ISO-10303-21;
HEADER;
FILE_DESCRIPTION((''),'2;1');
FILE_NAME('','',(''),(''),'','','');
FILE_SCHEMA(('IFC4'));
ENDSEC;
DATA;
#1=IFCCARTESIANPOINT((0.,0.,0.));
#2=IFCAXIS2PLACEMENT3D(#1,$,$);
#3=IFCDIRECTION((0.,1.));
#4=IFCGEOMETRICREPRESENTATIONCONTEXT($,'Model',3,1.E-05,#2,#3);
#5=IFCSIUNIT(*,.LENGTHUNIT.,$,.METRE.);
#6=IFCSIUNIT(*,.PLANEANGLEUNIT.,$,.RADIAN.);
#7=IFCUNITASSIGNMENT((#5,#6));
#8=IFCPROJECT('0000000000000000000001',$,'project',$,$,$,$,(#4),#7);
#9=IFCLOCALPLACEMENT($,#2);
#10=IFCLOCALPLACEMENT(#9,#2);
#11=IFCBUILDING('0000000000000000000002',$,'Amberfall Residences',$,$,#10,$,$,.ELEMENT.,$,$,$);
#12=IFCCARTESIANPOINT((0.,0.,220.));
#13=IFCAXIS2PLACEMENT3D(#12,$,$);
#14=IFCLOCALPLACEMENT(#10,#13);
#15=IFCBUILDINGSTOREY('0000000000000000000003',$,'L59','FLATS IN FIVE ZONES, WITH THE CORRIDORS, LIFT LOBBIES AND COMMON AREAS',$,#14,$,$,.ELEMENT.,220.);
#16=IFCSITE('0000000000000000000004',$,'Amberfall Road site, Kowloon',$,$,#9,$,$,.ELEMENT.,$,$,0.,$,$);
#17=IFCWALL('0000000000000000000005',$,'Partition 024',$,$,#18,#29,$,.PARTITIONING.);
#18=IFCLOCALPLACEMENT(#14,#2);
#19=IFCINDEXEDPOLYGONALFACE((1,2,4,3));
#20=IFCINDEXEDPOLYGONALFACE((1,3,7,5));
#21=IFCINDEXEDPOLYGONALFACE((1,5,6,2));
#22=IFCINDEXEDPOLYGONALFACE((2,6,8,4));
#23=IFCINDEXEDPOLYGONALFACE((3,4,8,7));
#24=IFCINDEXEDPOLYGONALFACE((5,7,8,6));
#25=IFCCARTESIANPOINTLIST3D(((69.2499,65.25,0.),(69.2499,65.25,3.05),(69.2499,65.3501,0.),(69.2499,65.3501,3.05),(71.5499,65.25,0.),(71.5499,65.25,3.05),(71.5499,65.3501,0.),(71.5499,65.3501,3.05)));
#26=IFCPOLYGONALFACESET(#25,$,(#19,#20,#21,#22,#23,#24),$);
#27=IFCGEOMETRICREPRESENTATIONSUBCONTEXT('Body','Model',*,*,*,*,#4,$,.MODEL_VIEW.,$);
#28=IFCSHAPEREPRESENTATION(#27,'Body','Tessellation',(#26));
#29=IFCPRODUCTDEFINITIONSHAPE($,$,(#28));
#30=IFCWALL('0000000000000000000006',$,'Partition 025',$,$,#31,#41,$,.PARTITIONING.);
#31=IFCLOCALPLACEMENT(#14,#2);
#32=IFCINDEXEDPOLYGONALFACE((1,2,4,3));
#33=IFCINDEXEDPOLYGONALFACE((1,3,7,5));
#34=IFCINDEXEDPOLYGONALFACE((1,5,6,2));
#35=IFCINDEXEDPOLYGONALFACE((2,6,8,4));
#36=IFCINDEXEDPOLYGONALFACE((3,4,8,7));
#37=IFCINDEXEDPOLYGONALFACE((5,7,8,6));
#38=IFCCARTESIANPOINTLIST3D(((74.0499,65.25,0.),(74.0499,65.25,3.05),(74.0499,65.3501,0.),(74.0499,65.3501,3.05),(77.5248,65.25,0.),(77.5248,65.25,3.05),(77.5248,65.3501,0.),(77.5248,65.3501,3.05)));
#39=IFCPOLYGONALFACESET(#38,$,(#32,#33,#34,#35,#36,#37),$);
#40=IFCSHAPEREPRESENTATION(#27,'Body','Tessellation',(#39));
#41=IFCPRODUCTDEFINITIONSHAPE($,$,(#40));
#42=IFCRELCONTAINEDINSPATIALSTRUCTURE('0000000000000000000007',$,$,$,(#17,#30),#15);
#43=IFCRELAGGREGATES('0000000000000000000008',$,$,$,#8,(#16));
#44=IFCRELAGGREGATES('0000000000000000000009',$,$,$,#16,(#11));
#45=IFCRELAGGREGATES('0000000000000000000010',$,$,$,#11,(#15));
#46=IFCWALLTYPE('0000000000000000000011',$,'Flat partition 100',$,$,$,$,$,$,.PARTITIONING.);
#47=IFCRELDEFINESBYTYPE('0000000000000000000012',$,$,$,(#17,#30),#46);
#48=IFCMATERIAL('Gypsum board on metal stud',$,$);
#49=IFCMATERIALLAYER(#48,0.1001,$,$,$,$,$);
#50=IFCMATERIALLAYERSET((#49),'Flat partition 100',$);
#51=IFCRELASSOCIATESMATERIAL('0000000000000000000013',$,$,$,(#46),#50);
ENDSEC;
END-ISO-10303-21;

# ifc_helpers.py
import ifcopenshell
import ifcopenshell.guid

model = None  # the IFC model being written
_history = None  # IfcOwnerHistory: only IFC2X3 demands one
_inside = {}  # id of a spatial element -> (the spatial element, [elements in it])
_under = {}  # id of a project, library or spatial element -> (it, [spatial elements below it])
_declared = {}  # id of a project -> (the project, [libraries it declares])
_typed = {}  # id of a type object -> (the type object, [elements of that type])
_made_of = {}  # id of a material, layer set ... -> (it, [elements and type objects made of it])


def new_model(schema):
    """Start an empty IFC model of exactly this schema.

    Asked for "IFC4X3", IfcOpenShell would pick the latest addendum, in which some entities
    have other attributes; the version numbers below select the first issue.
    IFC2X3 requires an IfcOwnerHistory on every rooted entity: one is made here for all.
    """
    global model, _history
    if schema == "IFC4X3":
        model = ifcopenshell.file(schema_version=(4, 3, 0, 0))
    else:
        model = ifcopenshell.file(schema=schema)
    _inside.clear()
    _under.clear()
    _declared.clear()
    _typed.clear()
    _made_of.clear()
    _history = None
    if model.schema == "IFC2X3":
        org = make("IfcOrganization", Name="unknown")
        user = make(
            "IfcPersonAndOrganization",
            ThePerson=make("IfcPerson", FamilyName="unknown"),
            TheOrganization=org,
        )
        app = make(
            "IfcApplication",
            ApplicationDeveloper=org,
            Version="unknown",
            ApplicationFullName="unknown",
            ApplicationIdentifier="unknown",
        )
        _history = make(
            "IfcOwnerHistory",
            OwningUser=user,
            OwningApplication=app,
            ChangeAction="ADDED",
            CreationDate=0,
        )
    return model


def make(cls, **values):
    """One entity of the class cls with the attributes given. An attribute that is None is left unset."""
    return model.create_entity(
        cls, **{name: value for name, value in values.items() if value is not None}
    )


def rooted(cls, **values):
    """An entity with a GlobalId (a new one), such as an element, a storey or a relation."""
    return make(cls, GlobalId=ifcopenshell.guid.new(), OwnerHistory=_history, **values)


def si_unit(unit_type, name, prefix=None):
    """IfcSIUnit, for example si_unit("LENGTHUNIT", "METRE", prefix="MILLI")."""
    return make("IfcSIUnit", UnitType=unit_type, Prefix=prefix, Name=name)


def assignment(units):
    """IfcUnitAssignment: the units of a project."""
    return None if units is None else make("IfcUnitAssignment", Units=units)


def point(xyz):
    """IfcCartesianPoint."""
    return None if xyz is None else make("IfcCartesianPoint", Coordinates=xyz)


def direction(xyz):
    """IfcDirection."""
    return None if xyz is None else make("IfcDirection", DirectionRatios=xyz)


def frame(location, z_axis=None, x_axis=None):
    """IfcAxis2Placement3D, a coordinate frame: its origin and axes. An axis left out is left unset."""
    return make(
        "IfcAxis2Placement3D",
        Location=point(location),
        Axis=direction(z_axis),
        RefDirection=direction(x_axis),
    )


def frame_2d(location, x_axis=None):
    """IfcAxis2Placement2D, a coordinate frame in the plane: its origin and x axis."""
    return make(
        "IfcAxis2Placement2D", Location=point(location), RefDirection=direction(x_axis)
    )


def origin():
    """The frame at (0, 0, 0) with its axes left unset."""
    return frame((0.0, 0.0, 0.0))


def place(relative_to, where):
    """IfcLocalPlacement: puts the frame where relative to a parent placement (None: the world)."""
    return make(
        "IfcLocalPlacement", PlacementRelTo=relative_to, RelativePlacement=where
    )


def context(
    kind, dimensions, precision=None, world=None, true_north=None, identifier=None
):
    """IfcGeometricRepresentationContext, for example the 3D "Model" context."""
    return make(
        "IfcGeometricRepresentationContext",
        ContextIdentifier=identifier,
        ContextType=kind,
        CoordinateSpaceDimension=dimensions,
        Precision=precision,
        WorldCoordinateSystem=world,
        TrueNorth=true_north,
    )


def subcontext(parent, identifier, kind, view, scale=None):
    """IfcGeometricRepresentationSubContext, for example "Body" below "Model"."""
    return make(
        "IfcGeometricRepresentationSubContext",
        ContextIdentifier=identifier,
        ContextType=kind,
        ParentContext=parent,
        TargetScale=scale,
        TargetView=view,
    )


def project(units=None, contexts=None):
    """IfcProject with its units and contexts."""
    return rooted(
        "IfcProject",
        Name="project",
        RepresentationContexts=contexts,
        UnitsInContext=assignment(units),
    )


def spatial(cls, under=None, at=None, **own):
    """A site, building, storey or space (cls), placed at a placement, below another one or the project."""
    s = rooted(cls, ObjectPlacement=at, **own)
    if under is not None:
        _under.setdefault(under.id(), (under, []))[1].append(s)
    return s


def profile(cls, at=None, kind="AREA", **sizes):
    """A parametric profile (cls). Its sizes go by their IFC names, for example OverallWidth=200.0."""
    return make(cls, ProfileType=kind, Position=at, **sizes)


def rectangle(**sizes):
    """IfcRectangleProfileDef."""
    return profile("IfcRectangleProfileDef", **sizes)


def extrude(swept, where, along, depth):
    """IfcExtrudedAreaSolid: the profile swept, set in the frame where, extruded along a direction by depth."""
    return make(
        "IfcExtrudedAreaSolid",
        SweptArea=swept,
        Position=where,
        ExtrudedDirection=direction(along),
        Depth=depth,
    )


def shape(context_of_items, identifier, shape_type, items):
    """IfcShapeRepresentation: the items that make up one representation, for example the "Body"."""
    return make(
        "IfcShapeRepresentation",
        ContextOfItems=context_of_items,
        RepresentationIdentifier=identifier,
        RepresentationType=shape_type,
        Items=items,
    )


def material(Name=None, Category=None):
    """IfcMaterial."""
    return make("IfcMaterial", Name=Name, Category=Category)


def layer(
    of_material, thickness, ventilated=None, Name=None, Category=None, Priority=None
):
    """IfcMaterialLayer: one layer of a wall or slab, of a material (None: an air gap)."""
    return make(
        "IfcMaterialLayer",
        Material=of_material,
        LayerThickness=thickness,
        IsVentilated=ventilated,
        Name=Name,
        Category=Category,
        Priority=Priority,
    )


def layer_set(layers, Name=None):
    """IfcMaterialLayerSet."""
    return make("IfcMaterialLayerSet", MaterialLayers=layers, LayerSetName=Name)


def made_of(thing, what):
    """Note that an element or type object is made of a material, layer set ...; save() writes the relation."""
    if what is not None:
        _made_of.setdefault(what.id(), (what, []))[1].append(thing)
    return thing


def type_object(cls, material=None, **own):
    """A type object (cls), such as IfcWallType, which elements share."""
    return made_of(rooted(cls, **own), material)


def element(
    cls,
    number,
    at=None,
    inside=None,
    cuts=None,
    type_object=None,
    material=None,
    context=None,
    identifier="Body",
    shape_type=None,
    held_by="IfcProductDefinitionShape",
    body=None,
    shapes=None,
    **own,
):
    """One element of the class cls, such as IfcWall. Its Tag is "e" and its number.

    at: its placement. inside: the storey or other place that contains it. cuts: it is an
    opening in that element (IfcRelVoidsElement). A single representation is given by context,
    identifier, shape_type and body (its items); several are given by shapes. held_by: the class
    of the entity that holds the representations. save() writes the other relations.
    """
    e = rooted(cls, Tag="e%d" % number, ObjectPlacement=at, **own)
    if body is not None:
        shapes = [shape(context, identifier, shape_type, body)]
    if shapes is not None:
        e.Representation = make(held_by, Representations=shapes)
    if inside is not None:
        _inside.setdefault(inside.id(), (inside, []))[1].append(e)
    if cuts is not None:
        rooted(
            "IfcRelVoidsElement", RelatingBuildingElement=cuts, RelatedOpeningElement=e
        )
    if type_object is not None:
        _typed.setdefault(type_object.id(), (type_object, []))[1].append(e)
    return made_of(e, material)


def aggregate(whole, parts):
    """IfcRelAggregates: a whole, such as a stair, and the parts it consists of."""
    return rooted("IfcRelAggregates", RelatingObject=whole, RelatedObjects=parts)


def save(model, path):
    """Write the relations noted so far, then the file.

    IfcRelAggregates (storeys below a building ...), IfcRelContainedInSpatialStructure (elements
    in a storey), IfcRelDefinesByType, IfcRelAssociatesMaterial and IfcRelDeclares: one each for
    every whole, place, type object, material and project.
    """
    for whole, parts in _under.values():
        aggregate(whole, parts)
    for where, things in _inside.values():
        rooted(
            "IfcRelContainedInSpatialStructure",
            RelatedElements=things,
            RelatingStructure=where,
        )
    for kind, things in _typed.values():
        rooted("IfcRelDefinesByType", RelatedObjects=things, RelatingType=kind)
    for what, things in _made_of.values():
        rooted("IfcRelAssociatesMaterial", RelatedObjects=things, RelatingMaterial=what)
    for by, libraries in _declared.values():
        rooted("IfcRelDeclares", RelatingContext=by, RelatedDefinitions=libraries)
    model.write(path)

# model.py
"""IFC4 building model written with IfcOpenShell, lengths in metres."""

from ifc_helpers import new_model, si_unit, direction, frame, frame_2d, origin, place, context, subcontext, project, spatial, rectangle, extrude, material, layer, layer_set, type_object, element, save


model = new_model("IFC4")

# Units and contexts
model_context = context("Model", 3, precision=1e-05, world=origin(), true_north=direction((0.0, 1.0)))
body_context = subcontext(model_context, "Body", "Model", "MODEL_VIEW")
ifc_project = project(units=[si_unit("LENGTHUNIT", "METRE"), si_unit("PLANEANGLEUNIT", "RADIAN")], contexts=[model_context])

# Site, building, storey
site_placement = place(None, origin())
site = spatial("IfcSite", under=ifc_project, at=site_placement, Name="Amberfall Road site, Kowloon", CompositionType="ELEMENT", RefElevation=0.0)
building_placement = place(site_placement, origin())
building = spatial("IfcBuilding", under=site, at=building_placement, Name="Amberfall Residences", CompositionType="ELEMENT")
storey_placement = place(building_placement, frame((0.0, 0.0, 220.0)))
storey = spatial("IfcBuildingStorey", under=building, at=storey_placement, Name="L59", Description="FLATS IN FIVE ZONES, WITH THE CORRIDORS, LIFT LOBBIES AND COMMON AREAS", CompositionType="ELEMENT", Elevation=220.0)

# Shared definitions
ifc_material_1 = material(Name="Gypsum board on metal stud")
ifc_layer_1 = layer(ifc_material_1, 0.1001)
ifc_layer_set_1 = layer_set([ifc_layer_1], Name="Flat partition 100")
wall_type = type_object("IfcWallType", Name="Flat partition 100", PredefinedType="PARTITIONING", material=ifc_layer_set_1)

# Walls
wall_1_placement = place(storey_placement, frame((69.25, 65.3, 0.0), z_axis=(0.0, 0.0, 1.0), x_axis=(1.0, 0.0, 0.0)))
element("IfcWall", 1, at=wall_1_placement, inside=storey, type_object=wall_type, Name="Partition 024", PredefinedType="PARTITIONING", context=body_context, shape_type="SweptSolid", body=[
    extrude(rectangle(XDim=2.3, YDim=0.1001, at=frame_2d((1.1499, 0.0))), origin(), (0.0, 0.0, 1.0), 3.05),
])
wall_2_placement = place(storey_placement, frame((74.05, 65.3, 0.0), z_axis=(0.0, 0.0, 1.0), x_axis=(1.0, 0.0, 0.0)))
element("IfcWall", 2, at=wall_2_placement, inside=storey, type_object=wall_type, Name="Partition 025", PredefinedType="PARTITIONING", context=body_context, shape_type="SweptSolid", body=[
    extrude(rectangle(XDim=3.4749, YDim=0.1001, at=frame_2d((1.7373, 0.0))), origin(), (0.0, 0.0, 1.0), 3.05),
])

save(model, "model.ifc")
